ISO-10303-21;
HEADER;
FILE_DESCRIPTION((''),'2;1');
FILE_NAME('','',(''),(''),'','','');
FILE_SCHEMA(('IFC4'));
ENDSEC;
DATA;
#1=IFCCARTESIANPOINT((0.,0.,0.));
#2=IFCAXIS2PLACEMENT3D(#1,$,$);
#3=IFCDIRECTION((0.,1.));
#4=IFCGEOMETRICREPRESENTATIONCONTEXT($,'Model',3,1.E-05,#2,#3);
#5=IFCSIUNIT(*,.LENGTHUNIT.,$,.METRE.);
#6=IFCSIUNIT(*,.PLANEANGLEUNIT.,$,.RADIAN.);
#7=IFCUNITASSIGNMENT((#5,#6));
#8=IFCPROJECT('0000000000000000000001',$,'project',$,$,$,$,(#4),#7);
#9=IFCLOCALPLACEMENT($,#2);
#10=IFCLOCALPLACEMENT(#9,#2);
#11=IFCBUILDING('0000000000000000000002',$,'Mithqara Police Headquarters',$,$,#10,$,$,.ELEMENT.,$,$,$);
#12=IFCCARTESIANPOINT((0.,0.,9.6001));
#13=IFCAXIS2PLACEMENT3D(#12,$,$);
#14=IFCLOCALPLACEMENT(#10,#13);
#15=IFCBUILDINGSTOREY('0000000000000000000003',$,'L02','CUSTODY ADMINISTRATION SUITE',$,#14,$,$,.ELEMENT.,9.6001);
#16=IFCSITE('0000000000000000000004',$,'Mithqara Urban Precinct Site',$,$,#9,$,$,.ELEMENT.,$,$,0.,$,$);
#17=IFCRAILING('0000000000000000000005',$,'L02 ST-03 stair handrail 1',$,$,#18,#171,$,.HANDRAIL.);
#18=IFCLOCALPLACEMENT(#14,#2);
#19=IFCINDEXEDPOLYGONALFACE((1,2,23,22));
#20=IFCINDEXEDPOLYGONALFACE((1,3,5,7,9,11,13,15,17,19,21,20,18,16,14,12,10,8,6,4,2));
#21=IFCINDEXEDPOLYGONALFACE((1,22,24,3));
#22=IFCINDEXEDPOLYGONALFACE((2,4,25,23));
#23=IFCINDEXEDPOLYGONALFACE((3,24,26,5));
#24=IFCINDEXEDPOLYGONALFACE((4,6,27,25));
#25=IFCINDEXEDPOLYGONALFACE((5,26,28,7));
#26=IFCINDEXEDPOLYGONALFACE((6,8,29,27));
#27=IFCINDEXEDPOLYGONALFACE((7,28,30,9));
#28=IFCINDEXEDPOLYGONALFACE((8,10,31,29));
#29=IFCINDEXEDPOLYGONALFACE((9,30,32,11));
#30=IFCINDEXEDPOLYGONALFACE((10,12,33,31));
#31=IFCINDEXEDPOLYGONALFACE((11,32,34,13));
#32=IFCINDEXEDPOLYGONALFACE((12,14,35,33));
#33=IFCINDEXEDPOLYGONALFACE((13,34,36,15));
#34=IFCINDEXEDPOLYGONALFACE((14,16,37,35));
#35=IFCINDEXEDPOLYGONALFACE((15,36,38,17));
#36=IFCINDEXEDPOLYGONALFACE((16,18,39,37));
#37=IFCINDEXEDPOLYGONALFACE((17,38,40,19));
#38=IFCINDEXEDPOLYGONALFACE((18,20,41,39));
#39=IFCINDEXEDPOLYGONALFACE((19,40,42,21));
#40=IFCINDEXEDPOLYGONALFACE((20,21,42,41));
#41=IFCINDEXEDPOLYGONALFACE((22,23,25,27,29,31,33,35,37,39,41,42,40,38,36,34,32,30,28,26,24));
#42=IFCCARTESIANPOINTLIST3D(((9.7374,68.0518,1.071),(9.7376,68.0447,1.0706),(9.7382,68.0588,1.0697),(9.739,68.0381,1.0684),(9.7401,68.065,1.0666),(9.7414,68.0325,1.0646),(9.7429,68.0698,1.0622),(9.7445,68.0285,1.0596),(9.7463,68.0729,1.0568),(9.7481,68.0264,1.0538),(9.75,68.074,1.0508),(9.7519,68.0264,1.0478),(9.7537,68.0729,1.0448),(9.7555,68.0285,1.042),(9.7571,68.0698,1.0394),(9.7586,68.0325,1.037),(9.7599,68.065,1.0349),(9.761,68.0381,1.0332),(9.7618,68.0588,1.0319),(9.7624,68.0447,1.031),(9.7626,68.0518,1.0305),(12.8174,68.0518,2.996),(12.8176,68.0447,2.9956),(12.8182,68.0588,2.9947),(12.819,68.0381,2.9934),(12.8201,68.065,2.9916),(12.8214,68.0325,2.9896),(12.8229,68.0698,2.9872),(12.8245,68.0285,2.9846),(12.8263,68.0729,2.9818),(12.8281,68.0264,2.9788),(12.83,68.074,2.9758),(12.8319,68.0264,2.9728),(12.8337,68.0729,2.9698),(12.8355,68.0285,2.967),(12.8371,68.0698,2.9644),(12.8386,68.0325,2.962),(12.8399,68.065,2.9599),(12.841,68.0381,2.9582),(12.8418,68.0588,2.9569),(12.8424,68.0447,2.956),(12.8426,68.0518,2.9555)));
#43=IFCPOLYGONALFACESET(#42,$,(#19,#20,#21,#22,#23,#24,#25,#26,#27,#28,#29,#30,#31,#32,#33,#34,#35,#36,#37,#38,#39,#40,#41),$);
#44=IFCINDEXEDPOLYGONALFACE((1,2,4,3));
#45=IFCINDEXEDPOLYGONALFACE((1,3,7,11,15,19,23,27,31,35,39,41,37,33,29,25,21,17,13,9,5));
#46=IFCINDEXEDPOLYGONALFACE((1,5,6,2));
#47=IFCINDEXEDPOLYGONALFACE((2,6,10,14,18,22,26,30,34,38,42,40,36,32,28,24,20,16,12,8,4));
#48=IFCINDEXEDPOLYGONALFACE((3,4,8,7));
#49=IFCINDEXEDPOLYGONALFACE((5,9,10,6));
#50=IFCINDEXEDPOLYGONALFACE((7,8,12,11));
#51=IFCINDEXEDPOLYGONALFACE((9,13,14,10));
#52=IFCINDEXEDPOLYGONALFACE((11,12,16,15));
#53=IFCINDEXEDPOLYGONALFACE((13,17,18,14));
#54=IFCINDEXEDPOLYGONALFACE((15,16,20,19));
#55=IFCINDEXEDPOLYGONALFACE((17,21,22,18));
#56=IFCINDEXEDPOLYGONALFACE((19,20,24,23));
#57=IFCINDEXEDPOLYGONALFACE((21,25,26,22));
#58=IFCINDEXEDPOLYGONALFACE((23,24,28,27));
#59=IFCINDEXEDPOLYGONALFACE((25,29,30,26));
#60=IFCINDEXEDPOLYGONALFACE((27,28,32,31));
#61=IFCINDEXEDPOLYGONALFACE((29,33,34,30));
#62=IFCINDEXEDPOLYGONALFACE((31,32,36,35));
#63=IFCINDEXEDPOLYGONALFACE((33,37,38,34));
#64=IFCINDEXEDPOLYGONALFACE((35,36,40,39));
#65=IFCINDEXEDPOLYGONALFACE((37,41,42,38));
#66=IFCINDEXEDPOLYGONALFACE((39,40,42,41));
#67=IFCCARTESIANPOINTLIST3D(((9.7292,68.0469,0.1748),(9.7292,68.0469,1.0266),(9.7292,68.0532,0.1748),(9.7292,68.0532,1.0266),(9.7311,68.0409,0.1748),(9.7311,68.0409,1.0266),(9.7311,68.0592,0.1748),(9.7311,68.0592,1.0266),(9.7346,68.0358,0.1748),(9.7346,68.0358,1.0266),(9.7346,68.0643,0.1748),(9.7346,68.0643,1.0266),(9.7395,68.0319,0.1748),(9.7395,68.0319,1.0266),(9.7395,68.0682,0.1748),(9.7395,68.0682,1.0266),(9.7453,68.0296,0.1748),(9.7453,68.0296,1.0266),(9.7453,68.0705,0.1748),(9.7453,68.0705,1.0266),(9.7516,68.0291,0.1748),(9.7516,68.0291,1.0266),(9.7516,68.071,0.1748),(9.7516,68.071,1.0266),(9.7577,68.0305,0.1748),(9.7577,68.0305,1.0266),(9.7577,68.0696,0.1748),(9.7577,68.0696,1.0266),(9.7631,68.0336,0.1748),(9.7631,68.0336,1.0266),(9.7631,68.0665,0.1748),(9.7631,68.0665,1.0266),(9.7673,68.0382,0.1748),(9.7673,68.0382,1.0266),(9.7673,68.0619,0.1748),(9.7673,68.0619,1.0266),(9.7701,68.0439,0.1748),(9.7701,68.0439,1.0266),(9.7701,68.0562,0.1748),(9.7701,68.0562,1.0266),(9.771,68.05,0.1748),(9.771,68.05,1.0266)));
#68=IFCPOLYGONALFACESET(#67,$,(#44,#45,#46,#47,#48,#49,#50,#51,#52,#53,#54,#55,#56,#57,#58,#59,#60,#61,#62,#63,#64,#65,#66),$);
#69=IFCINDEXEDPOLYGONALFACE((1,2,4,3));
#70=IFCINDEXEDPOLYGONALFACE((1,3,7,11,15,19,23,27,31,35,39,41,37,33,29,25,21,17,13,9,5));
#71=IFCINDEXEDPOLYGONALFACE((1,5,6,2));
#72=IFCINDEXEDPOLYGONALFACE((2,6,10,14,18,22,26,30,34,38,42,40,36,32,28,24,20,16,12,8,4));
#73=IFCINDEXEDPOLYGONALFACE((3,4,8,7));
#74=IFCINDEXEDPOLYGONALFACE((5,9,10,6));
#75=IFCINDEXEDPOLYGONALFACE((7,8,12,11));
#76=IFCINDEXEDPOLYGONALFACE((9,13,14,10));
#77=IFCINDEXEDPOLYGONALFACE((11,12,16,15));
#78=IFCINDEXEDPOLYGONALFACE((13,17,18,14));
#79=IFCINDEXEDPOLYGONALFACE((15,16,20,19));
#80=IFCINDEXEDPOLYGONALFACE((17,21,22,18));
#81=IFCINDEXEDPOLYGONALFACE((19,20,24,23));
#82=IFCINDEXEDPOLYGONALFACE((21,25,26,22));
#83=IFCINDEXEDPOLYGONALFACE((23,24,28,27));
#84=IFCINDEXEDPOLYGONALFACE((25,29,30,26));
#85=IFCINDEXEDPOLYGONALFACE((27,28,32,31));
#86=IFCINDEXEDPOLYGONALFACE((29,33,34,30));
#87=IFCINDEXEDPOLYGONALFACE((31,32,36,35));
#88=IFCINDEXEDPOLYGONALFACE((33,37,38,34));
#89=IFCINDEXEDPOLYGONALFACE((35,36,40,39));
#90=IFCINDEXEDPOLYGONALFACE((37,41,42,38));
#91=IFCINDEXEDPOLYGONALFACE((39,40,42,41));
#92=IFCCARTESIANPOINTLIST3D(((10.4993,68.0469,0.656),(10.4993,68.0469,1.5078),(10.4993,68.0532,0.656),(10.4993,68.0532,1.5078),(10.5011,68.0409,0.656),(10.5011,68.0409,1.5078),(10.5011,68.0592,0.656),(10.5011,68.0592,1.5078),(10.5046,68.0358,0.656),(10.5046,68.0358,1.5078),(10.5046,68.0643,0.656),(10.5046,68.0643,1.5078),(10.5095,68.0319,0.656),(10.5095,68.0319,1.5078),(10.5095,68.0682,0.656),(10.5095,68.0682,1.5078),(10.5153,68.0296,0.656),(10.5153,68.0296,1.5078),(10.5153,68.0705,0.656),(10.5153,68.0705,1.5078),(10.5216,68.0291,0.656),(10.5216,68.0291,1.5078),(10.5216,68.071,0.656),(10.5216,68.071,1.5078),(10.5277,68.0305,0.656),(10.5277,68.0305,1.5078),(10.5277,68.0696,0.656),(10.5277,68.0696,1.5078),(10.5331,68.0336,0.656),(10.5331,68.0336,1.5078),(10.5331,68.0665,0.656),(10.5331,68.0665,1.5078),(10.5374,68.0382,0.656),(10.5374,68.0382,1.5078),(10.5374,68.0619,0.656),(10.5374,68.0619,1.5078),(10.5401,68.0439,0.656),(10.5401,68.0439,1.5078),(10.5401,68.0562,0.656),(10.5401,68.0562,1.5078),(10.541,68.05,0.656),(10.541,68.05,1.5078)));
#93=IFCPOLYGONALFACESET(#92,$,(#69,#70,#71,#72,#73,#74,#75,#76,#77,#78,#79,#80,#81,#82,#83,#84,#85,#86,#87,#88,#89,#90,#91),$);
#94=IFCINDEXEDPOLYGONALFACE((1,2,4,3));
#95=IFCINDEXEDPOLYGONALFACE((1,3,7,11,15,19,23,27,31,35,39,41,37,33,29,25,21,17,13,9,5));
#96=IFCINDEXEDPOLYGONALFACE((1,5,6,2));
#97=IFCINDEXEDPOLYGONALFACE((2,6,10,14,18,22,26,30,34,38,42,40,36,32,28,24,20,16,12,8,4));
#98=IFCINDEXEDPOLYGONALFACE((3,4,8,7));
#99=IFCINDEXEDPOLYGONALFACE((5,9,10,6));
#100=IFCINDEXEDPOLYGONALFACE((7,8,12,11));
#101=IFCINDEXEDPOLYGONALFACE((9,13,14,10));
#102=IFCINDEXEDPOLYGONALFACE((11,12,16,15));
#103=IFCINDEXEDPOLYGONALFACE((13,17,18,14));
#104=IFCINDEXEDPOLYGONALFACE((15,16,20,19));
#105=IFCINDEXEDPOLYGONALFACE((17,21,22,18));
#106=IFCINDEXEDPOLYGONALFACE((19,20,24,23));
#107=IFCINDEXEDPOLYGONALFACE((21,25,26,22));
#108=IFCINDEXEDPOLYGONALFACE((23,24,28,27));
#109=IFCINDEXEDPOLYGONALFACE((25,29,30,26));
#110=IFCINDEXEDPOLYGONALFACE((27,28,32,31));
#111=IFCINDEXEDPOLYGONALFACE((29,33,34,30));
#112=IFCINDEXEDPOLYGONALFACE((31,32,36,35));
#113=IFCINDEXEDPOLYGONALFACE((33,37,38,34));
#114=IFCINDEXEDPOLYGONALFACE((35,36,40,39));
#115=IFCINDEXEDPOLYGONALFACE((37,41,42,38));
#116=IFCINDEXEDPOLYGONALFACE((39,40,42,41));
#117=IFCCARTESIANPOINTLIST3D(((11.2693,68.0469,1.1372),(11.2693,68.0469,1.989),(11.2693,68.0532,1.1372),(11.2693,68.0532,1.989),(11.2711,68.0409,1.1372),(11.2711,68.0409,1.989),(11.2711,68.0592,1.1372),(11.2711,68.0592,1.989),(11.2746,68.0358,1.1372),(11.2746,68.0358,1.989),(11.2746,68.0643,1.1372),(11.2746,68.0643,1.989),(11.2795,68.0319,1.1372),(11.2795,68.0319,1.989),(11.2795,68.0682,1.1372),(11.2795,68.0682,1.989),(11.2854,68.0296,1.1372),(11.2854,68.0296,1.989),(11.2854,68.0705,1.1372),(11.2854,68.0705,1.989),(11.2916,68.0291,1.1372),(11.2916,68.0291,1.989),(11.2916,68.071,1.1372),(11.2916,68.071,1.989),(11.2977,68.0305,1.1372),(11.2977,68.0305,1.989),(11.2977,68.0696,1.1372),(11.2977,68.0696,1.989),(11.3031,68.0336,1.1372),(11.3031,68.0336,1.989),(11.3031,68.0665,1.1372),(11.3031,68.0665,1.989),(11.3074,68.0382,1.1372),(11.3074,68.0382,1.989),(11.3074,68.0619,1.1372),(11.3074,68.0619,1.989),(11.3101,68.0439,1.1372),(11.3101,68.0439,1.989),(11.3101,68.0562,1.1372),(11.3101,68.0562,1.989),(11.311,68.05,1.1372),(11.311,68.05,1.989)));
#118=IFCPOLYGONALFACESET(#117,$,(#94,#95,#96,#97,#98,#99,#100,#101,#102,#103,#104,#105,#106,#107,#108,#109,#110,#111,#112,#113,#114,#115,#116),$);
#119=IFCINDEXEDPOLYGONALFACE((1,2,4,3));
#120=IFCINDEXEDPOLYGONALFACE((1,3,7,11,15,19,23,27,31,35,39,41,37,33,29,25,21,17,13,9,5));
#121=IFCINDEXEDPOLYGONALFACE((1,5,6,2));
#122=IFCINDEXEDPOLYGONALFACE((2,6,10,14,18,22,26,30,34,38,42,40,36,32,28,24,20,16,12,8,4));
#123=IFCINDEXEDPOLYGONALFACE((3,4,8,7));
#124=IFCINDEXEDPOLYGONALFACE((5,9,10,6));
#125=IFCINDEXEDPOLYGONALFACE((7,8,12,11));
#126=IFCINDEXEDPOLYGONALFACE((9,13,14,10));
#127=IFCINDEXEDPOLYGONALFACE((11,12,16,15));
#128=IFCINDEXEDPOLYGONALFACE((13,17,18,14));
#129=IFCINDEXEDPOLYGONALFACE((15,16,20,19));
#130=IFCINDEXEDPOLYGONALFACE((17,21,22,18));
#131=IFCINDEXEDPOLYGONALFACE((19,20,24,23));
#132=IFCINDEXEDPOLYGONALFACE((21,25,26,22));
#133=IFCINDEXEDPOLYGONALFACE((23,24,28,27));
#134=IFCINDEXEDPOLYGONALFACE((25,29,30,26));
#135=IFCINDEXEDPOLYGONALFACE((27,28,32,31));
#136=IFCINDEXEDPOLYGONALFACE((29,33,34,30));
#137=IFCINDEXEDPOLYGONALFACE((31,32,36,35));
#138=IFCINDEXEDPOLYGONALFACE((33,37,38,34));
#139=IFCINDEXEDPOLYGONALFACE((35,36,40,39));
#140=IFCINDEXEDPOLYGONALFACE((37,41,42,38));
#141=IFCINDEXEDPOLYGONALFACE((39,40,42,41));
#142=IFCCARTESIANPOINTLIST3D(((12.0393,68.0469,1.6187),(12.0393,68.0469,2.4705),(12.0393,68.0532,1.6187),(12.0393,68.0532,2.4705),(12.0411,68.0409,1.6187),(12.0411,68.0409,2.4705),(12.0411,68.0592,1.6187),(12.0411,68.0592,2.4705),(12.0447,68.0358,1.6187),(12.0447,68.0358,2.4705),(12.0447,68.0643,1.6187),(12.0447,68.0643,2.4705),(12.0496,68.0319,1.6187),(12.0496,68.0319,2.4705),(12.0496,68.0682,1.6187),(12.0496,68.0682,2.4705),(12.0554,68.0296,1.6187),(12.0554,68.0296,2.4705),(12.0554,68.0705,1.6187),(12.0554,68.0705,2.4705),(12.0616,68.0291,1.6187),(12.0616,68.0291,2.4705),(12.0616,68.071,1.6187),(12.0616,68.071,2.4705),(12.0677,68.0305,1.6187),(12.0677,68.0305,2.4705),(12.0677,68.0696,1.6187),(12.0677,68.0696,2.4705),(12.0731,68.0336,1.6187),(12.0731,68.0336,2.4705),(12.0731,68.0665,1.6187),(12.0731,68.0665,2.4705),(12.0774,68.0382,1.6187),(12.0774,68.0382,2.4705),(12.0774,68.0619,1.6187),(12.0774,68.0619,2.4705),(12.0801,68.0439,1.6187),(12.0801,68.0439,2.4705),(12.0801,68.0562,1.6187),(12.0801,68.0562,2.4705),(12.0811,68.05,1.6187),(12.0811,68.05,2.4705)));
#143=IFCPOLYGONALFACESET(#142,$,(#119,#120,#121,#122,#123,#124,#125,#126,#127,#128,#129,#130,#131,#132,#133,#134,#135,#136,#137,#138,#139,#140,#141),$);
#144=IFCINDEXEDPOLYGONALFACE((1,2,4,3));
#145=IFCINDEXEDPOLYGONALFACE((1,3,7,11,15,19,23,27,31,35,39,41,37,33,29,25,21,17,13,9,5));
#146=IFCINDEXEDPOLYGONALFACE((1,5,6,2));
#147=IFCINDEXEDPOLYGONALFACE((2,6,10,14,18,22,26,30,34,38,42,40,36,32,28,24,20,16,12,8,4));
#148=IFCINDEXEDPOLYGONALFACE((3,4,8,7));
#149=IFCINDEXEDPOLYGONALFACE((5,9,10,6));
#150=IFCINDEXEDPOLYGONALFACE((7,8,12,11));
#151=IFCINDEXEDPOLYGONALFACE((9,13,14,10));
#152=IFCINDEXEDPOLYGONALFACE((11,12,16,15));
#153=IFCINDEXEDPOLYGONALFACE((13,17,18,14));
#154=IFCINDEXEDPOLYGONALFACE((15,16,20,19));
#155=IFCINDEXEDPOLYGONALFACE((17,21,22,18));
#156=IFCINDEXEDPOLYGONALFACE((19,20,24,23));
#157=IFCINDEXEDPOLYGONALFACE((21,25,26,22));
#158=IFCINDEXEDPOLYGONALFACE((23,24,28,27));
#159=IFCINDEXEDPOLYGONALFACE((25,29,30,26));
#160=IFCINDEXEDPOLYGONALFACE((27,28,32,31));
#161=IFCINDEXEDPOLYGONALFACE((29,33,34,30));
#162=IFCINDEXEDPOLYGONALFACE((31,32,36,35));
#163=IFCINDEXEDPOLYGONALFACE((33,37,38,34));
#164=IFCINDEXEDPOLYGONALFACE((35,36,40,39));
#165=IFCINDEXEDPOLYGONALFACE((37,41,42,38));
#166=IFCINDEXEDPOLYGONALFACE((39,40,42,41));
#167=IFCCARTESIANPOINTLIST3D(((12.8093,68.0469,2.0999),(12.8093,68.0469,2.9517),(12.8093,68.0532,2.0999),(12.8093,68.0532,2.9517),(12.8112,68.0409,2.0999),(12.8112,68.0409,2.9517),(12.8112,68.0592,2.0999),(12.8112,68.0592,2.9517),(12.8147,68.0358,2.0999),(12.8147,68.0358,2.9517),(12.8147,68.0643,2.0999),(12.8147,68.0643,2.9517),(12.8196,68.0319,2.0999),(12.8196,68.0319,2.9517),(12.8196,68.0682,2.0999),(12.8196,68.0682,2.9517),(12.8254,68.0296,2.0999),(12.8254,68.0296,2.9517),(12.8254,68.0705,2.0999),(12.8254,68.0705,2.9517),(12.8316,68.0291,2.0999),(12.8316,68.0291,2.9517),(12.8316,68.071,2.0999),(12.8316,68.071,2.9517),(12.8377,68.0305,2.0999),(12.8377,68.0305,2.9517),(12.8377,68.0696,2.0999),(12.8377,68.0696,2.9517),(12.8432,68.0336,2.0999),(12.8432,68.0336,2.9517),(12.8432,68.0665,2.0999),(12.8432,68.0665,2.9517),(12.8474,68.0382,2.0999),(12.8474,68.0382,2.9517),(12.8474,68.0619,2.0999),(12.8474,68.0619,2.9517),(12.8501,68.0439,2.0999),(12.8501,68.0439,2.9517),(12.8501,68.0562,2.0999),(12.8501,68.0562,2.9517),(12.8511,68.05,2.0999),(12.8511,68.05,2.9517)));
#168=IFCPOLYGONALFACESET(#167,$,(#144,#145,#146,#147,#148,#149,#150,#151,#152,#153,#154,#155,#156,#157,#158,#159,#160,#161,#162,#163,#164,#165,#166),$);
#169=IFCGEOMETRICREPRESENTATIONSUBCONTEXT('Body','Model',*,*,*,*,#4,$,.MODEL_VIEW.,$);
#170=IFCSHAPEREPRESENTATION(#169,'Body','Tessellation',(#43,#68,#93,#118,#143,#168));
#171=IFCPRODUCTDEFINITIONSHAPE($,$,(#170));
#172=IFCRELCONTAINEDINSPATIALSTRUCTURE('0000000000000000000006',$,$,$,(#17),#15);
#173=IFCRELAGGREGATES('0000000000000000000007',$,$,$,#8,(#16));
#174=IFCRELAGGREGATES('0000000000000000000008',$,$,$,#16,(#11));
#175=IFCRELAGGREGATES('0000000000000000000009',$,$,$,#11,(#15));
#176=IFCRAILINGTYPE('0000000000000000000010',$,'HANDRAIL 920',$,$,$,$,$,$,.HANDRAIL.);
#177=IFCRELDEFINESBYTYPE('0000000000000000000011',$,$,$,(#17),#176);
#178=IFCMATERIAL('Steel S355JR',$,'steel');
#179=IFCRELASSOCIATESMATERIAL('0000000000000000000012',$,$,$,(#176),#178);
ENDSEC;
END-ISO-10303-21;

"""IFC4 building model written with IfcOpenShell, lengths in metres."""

from ifc_helpers import new_model, si_unit, direction, frame, origin, origin_2d, place, context, subcontext, project, spatial, circle, extrude, material, type_object, element, save


model = new_model("IFC4")

# Units and contexts
model_context = context("Model", 3, precision=1e-05, world=origin(), true_north=direction((0.0, 1.0)))
body_context = subcontext(model_context, "Body", "Model", "MODEL_VIEW")
ifc_project = project(units=[si_unit("LENGTHUNIT", "METRE"), si_unit("PLANEANGLEUNIT", "RADIAN")], contexts=[model_context])

# Site, building, storey
site_placement = place(None, origin())
site = spatial("IfcSite", under=ifc_project, at=site_placement, Name="Mithqara Urban Precinct Site", CompositionType="ELEMENT", RefElevation=0.0)
building_placement = place(site_placement, origin())
building = spatial("IfcBuilding", under=site, at=building_placement, Name="Mithqara Police Headquarters", CompositionType="ELEMENT")
storey_placement = place(building_placement, frame((0.0, 0.0, 9.6001)))
storey = spatial("IfcBuildingStorey", under=building, at=storey_placement, Name="L02", Description="CUSTODY ADMINISTRATION SUITE", CompositionType="ELEMENT", Elevation=9.6001)

# Shared definitions
ifc_material_1 = material(Name="Steel S355JR", Category="steel")

# Railing
railing_type_1 = type_object("IfcRailingType", Name="HANDRAIL 920", PredefinedType="HANDRAIL", material=ifc_material_1)
railing_1_placement = place(storey_placement, frame((9.75, 68.05, 0.1748)))
element("IfcRailing", 1, at=railing_1_placement, inside=storey, type_object=railing_type_1, Name="L02 ST-03 stair handrail 1", PredefinedType="HANDRAIL", context=body_context, shape_type="SweptSolid", body=[
    extrude(circle(Radius=0.0239, at=origin_2d()), frame((0.0, 0.0, 0.876), z_axis=(0.847998, 0.0, 0.529999), x_axis=(0.0, 1.0, 0.0)), (0.0, 0.0, 1.0), 3.6321),
    extrude(circle(Radius=0.021, at=origin_2d()), origin(), (0.0, 0.0, 1.0), 0.8518),
    extrude(circle(Radius=0.021, at=origin_2d()), frame((0.77, 0.0, 0.4812)), (0.0, 0.0, 1.0), 0.8518),
    extrude(circle(Radius=0.021, at=origin_2d()), frame((1.54, 0.0, 0.9624)), (0.0, 0.0, 1.0), 0.8518),
    extrude(circle(Radius=0.021, at=origin_2d()), frame((2.3101, 0.0, 1.4438)), (0.0, 0.0, 1.0), 0.8518),
    extrude(circle(Radius=0.021, at=origin_2d()), frame((3.0801, 0.0, 1.925)), (0.0, 0.0, 1.0), 0.8518),
])

save(model, "model.ifc")
